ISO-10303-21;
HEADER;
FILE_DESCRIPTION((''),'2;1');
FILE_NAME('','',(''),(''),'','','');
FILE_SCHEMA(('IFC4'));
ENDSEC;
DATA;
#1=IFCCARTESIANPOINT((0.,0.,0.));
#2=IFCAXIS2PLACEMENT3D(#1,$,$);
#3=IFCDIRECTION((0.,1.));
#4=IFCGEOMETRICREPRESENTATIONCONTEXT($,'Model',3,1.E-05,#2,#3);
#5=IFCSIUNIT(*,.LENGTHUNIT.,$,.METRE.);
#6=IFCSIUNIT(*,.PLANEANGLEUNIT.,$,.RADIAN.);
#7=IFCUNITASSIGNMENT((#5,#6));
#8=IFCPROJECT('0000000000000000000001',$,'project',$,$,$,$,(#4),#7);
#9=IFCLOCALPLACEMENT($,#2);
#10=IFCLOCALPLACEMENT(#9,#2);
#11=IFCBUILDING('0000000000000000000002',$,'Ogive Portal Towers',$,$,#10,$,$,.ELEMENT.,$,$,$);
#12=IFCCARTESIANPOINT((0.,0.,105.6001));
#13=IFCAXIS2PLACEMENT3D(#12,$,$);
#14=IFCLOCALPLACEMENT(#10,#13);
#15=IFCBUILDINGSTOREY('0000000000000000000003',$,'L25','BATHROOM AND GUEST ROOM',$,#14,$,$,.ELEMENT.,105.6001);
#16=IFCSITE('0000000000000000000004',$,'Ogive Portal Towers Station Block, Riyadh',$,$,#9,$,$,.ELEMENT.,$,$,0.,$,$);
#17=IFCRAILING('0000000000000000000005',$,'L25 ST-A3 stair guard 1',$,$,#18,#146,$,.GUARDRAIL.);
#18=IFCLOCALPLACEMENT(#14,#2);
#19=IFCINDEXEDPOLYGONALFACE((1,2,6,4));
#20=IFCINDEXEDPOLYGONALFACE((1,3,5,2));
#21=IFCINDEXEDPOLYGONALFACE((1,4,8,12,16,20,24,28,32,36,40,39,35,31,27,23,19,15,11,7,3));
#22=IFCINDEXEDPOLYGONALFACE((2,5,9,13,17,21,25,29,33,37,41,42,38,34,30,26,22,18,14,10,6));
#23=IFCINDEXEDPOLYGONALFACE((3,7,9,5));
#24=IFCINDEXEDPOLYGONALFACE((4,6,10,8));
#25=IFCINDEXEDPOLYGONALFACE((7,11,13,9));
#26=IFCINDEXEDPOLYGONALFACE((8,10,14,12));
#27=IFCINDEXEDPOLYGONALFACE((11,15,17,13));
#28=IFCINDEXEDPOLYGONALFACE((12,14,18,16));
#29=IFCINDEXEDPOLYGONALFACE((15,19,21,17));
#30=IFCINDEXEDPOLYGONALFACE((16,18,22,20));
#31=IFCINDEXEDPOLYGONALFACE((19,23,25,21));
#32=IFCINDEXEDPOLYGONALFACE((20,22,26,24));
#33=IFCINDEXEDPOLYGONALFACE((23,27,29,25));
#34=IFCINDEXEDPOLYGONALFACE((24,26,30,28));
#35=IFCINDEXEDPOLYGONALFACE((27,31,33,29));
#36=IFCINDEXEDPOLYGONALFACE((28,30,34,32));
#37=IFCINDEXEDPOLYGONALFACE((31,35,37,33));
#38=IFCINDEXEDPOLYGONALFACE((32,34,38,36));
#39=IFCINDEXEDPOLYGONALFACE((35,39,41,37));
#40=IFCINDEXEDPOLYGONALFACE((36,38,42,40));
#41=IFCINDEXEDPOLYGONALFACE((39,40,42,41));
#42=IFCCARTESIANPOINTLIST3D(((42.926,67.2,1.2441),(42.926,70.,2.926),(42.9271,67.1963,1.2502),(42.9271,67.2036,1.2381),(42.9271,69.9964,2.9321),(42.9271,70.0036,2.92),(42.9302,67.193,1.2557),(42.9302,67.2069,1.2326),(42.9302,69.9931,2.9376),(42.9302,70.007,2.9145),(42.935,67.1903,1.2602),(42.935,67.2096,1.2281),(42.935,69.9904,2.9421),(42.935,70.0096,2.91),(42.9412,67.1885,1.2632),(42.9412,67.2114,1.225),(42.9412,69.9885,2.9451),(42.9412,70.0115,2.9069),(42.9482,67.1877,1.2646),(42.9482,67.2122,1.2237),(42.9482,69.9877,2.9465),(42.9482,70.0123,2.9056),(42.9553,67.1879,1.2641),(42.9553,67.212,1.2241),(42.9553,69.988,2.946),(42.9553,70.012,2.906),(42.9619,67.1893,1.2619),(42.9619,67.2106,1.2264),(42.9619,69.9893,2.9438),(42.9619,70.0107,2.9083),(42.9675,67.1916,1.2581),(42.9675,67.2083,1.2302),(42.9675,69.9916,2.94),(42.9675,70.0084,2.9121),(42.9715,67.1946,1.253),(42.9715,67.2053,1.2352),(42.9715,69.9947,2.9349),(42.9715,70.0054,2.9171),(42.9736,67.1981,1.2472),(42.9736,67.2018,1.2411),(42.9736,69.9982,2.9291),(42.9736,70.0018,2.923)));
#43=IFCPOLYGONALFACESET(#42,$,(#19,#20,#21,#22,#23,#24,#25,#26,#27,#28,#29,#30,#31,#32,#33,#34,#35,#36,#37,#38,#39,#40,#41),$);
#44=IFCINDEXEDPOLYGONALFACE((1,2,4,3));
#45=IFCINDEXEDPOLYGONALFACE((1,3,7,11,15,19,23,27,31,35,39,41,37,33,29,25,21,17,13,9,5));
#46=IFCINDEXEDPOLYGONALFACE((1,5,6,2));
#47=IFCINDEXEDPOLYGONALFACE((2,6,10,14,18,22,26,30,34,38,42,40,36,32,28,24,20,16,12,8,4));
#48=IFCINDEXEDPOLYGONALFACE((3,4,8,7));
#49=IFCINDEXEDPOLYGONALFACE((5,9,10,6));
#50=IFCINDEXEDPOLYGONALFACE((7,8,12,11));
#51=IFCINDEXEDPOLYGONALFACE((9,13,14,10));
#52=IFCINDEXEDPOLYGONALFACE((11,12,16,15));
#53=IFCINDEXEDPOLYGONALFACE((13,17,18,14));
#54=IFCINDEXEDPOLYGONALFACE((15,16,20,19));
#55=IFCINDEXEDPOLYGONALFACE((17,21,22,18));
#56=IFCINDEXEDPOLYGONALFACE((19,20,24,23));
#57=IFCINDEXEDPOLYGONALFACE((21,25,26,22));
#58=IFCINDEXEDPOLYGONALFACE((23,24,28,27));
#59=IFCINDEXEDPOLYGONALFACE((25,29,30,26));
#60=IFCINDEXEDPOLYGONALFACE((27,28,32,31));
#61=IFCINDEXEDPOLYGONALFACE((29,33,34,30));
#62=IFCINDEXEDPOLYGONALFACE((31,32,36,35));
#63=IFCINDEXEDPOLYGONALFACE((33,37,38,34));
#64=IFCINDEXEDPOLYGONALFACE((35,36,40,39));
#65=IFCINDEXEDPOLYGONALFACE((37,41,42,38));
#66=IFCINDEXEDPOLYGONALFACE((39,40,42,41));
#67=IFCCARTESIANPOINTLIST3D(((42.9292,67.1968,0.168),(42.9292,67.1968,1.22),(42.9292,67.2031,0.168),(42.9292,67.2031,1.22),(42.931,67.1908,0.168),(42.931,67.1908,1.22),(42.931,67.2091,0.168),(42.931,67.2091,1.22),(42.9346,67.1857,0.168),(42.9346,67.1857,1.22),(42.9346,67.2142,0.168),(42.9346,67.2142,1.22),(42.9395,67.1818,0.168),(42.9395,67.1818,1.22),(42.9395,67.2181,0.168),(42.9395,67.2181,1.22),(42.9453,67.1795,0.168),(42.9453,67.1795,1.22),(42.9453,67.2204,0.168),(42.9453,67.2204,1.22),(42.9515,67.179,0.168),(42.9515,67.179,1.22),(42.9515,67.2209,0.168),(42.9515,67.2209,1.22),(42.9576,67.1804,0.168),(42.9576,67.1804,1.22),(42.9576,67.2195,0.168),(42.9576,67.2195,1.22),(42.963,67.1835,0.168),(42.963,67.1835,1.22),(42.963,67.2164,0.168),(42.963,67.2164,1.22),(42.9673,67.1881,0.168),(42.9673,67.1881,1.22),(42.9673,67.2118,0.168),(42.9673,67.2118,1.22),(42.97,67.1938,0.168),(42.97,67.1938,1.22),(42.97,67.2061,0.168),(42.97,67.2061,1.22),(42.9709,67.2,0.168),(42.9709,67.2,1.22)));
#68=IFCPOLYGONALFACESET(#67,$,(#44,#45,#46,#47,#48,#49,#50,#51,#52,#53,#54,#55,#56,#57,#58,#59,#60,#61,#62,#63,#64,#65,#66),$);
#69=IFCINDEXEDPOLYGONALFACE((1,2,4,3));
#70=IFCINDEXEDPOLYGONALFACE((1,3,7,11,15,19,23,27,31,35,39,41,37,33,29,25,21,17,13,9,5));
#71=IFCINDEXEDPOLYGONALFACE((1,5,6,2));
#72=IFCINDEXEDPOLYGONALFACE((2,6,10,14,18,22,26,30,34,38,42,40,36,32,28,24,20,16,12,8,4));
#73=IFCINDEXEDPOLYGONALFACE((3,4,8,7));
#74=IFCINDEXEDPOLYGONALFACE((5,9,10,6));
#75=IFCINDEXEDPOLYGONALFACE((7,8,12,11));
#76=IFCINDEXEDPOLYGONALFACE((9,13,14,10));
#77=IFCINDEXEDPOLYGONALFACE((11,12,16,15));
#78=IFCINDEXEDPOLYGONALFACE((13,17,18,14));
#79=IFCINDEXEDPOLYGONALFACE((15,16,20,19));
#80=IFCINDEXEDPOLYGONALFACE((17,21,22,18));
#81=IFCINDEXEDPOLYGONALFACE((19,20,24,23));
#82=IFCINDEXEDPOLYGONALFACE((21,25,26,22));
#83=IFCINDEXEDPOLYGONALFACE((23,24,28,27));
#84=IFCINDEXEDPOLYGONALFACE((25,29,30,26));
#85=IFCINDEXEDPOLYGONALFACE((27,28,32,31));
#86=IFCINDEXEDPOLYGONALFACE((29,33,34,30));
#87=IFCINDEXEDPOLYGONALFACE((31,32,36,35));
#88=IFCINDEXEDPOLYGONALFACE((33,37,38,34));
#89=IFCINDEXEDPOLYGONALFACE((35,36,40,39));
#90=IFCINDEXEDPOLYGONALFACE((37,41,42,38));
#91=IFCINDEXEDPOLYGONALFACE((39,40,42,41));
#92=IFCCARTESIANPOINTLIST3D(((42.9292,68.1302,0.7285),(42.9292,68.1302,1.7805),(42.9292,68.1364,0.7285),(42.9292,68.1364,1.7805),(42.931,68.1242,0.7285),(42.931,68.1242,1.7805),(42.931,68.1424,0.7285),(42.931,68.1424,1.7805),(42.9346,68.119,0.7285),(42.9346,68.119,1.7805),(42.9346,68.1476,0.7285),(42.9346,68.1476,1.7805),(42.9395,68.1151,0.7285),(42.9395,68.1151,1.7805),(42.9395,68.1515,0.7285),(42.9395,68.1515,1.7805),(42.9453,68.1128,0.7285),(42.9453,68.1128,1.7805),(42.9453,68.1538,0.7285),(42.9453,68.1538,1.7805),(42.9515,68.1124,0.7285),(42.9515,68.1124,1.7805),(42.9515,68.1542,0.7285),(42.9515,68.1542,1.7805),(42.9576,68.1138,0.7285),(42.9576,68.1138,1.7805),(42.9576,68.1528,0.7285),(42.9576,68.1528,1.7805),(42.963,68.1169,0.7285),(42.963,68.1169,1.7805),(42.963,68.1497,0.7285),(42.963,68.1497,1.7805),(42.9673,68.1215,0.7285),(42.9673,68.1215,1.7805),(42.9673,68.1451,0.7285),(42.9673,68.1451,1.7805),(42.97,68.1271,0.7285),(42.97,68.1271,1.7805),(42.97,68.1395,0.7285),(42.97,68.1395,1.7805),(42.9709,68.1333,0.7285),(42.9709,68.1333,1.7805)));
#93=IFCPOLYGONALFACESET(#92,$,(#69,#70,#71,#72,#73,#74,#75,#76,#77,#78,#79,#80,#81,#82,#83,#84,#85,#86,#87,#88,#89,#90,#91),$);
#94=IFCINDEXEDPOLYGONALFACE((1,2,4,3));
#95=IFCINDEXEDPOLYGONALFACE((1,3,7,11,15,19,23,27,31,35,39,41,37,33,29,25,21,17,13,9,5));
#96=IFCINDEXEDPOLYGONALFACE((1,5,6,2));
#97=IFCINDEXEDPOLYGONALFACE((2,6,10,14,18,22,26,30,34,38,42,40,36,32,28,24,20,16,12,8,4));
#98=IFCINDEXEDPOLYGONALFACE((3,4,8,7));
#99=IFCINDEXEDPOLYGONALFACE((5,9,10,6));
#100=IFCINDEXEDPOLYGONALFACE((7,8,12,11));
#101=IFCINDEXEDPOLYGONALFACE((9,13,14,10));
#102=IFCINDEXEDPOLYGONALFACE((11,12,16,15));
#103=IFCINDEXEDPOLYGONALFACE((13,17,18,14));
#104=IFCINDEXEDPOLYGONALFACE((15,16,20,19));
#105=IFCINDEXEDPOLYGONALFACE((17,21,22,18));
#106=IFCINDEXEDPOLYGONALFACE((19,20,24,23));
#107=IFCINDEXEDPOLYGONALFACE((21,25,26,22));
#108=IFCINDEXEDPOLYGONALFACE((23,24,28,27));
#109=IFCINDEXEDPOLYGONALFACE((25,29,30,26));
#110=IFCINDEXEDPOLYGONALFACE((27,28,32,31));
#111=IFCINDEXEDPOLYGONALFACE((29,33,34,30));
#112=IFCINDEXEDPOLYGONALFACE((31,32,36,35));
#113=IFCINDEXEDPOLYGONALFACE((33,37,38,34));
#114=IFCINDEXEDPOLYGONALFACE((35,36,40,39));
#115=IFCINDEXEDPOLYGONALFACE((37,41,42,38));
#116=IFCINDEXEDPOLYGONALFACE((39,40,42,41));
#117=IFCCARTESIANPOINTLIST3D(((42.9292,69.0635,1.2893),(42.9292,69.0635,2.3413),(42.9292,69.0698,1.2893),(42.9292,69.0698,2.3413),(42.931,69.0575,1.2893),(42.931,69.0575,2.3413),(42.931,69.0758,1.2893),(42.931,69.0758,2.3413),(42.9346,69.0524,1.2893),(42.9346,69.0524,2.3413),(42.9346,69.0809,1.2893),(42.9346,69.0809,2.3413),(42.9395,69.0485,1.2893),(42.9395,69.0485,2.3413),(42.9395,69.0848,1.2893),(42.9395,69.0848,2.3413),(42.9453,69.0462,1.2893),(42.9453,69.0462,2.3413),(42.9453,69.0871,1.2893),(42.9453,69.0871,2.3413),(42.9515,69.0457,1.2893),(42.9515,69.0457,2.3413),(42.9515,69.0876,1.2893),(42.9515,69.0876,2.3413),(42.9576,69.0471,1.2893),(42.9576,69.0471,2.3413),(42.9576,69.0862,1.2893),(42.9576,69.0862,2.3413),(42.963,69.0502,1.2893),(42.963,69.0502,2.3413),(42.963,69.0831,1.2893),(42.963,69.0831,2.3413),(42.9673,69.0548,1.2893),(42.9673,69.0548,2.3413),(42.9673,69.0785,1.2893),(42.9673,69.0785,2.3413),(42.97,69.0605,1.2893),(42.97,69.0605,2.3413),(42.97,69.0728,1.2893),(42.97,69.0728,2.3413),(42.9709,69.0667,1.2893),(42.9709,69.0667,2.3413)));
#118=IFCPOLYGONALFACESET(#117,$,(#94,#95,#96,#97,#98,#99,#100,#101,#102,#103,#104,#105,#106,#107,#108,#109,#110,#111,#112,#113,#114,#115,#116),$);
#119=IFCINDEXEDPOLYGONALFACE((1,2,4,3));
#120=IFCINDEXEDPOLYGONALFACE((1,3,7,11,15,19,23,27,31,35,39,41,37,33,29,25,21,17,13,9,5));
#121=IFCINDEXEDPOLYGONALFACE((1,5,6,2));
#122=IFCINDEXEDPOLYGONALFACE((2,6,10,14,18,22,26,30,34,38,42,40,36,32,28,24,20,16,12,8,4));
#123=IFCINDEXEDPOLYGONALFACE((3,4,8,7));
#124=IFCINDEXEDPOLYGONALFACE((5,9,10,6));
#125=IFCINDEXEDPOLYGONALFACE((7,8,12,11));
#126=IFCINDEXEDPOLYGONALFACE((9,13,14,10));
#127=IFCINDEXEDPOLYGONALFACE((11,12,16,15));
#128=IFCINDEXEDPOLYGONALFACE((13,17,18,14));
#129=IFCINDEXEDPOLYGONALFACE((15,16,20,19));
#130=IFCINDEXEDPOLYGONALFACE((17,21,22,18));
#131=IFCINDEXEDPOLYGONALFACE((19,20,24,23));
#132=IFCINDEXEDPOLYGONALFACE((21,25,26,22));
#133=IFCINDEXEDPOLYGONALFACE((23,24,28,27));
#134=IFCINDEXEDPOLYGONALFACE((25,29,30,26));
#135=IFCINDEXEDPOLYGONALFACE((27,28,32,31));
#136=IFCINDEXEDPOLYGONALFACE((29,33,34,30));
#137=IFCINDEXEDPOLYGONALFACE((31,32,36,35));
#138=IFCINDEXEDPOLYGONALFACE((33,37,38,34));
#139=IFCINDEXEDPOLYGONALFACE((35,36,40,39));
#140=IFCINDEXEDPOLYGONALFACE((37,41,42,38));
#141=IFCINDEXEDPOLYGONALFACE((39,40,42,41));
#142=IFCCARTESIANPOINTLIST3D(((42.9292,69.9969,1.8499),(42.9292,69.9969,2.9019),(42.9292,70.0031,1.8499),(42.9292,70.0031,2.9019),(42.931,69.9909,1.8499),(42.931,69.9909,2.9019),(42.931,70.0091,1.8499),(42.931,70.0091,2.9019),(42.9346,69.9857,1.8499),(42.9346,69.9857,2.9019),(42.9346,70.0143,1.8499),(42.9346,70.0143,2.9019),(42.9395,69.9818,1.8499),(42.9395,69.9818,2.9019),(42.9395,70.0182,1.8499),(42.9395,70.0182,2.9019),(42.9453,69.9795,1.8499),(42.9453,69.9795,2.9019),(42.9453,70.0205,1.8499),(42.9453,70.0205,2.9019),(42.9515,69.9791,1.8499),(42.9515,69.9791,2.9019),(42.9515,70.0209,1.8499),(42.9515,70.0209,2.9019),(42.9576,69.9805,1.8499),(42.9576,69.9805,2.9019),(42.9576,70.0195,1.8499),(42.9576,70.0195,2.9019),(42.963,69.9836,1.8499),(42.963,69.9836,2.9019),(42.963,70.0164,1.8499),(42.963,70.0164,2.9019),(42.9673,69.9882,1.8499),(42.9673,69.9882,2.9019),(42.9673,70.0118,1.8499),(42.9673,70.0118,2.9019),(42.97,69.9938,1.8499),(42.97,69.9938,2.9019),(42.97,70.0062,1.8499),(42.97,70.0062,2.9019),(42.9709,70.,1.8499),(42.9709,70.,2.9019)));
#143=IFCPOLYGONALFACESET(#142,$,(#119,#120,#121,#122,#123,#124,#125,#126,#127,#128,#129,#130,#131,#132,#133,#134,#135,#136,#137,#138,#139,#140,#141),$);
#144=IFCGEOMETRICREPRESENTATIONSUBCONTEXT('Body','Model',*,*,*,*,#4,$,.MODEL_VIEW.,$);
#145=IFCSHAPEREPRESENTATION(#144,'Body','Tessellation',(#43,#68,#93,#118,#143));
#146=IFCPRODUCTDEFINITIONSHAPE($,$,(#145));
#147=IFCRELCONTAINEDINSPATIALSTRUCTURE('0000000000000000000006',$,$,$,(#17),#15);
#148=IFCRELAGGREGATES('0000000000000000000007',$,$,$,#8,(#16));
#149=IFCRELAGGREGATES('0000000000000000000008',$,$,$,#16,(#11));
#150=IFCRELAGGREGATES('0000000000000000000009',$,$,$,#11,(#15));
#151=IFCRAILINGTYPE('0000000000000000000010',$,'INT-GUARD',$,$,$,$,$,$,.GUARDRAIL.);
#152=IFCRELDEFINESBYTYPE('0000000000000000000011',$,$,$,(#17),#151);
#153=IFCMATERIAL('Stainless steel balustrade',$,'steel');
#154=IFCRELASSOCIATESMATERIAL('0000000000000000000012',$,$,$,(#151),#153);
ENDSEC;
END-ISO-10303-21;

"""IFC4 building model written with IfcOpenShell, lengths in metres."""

from ifc_helpers import new_model, si_unit, direction, frame, origin, origin_2d, place, context, subcontext, project, spatial, circle, extrude, material, type_object, element, save


model = new_model("IFC4")

# Units and contexts
model_context = context("Model", 3, precision=1e-05, world=origin(), true_north=direction((0.0, 1.0)))
body_context = subcontext(model_context, "Body", "Model", "MODEL_VIEW")
ifc_project = project(units=[si_unit("LENGTHUNIT", "METRE"), si_unit("PLANEANGLEUNIT", "RADIAN")], contexts=[model_context])

# Site, building, storey
site_placement = place(None, origin())
site = spatial("IfcSite", under=ifc_project, at=site_placement, Name="Ogive Portal Towers Station Block, Riyadh", CompositionType="ELEMENT", RefElevation=0.0)
building_placement = place(site_placement, origin())
building = spatial("IfcBuilding", under=site, at=building_placement, Name="Ogive Portal Towers", CompositionType="ELEMENT")
storey_placement = place(building_placement, frame((0.0, 0.0, 105.6001)))
storey = spatial("IfcBuildingStorey", under=building, at=storey_placement, Name="L25", Description="BATHROOM AND GUEST ROOM", CompositionType="ELEMENT", Elevation=105.6001)

# Railing
ifc_material_1 = material(Name="Stainless steel balustrade", Category="steel")
railing_type_1 = type_object("IfcRailingType", Name="INT-GUARD", PredefinedType="GUARDRAIL", material=ifc_material_1)
railing_1_placement = place(storey_placement, frame((42.95, 67.2, 0.168)))
element("IfcRailing", 1, at=railing_1_placement, inside=storey, type_object=railing_type_1, Name="L25 ST-A3 stair guard 1", PredefinedType="GUARDRAIL", context=body_context, shape_type="SweptSolid", body=[
    extrude(circle(Radius=0.0239, at=origin_2d()), frame((0.0, 0.0, 1.0762), z_axis=(0.0, 0.857242, 0.514913), x_axis=(-1.0, 0.0, 0.0)), (0.0, 0.0, 1.0), 3.2664),
    extrude(circle(Radius=0.021, at=origin_2d()), origin(), (0.0, 0.0, 1.0), 1.052),
    extrude(circle(Radius=0.021, at=origin_2d()), frame((0.0, 0.9333, 0.5605)), (0.0, 0.0, 1.0), 1.052),
    extrude(circle(Radius=0.021, at=origin_2d()), frame((0.0, 1.8667, 1.1213)), (0.0, 0.0, 1.0), 1.052),
    extrude(circle(Radius=0.021, at=origin_2d()), frame((0.0, 2.8, 1.6819)), (0.0, 0.0, 1.0), 1.052),
])

save(model, "model.ifc")
